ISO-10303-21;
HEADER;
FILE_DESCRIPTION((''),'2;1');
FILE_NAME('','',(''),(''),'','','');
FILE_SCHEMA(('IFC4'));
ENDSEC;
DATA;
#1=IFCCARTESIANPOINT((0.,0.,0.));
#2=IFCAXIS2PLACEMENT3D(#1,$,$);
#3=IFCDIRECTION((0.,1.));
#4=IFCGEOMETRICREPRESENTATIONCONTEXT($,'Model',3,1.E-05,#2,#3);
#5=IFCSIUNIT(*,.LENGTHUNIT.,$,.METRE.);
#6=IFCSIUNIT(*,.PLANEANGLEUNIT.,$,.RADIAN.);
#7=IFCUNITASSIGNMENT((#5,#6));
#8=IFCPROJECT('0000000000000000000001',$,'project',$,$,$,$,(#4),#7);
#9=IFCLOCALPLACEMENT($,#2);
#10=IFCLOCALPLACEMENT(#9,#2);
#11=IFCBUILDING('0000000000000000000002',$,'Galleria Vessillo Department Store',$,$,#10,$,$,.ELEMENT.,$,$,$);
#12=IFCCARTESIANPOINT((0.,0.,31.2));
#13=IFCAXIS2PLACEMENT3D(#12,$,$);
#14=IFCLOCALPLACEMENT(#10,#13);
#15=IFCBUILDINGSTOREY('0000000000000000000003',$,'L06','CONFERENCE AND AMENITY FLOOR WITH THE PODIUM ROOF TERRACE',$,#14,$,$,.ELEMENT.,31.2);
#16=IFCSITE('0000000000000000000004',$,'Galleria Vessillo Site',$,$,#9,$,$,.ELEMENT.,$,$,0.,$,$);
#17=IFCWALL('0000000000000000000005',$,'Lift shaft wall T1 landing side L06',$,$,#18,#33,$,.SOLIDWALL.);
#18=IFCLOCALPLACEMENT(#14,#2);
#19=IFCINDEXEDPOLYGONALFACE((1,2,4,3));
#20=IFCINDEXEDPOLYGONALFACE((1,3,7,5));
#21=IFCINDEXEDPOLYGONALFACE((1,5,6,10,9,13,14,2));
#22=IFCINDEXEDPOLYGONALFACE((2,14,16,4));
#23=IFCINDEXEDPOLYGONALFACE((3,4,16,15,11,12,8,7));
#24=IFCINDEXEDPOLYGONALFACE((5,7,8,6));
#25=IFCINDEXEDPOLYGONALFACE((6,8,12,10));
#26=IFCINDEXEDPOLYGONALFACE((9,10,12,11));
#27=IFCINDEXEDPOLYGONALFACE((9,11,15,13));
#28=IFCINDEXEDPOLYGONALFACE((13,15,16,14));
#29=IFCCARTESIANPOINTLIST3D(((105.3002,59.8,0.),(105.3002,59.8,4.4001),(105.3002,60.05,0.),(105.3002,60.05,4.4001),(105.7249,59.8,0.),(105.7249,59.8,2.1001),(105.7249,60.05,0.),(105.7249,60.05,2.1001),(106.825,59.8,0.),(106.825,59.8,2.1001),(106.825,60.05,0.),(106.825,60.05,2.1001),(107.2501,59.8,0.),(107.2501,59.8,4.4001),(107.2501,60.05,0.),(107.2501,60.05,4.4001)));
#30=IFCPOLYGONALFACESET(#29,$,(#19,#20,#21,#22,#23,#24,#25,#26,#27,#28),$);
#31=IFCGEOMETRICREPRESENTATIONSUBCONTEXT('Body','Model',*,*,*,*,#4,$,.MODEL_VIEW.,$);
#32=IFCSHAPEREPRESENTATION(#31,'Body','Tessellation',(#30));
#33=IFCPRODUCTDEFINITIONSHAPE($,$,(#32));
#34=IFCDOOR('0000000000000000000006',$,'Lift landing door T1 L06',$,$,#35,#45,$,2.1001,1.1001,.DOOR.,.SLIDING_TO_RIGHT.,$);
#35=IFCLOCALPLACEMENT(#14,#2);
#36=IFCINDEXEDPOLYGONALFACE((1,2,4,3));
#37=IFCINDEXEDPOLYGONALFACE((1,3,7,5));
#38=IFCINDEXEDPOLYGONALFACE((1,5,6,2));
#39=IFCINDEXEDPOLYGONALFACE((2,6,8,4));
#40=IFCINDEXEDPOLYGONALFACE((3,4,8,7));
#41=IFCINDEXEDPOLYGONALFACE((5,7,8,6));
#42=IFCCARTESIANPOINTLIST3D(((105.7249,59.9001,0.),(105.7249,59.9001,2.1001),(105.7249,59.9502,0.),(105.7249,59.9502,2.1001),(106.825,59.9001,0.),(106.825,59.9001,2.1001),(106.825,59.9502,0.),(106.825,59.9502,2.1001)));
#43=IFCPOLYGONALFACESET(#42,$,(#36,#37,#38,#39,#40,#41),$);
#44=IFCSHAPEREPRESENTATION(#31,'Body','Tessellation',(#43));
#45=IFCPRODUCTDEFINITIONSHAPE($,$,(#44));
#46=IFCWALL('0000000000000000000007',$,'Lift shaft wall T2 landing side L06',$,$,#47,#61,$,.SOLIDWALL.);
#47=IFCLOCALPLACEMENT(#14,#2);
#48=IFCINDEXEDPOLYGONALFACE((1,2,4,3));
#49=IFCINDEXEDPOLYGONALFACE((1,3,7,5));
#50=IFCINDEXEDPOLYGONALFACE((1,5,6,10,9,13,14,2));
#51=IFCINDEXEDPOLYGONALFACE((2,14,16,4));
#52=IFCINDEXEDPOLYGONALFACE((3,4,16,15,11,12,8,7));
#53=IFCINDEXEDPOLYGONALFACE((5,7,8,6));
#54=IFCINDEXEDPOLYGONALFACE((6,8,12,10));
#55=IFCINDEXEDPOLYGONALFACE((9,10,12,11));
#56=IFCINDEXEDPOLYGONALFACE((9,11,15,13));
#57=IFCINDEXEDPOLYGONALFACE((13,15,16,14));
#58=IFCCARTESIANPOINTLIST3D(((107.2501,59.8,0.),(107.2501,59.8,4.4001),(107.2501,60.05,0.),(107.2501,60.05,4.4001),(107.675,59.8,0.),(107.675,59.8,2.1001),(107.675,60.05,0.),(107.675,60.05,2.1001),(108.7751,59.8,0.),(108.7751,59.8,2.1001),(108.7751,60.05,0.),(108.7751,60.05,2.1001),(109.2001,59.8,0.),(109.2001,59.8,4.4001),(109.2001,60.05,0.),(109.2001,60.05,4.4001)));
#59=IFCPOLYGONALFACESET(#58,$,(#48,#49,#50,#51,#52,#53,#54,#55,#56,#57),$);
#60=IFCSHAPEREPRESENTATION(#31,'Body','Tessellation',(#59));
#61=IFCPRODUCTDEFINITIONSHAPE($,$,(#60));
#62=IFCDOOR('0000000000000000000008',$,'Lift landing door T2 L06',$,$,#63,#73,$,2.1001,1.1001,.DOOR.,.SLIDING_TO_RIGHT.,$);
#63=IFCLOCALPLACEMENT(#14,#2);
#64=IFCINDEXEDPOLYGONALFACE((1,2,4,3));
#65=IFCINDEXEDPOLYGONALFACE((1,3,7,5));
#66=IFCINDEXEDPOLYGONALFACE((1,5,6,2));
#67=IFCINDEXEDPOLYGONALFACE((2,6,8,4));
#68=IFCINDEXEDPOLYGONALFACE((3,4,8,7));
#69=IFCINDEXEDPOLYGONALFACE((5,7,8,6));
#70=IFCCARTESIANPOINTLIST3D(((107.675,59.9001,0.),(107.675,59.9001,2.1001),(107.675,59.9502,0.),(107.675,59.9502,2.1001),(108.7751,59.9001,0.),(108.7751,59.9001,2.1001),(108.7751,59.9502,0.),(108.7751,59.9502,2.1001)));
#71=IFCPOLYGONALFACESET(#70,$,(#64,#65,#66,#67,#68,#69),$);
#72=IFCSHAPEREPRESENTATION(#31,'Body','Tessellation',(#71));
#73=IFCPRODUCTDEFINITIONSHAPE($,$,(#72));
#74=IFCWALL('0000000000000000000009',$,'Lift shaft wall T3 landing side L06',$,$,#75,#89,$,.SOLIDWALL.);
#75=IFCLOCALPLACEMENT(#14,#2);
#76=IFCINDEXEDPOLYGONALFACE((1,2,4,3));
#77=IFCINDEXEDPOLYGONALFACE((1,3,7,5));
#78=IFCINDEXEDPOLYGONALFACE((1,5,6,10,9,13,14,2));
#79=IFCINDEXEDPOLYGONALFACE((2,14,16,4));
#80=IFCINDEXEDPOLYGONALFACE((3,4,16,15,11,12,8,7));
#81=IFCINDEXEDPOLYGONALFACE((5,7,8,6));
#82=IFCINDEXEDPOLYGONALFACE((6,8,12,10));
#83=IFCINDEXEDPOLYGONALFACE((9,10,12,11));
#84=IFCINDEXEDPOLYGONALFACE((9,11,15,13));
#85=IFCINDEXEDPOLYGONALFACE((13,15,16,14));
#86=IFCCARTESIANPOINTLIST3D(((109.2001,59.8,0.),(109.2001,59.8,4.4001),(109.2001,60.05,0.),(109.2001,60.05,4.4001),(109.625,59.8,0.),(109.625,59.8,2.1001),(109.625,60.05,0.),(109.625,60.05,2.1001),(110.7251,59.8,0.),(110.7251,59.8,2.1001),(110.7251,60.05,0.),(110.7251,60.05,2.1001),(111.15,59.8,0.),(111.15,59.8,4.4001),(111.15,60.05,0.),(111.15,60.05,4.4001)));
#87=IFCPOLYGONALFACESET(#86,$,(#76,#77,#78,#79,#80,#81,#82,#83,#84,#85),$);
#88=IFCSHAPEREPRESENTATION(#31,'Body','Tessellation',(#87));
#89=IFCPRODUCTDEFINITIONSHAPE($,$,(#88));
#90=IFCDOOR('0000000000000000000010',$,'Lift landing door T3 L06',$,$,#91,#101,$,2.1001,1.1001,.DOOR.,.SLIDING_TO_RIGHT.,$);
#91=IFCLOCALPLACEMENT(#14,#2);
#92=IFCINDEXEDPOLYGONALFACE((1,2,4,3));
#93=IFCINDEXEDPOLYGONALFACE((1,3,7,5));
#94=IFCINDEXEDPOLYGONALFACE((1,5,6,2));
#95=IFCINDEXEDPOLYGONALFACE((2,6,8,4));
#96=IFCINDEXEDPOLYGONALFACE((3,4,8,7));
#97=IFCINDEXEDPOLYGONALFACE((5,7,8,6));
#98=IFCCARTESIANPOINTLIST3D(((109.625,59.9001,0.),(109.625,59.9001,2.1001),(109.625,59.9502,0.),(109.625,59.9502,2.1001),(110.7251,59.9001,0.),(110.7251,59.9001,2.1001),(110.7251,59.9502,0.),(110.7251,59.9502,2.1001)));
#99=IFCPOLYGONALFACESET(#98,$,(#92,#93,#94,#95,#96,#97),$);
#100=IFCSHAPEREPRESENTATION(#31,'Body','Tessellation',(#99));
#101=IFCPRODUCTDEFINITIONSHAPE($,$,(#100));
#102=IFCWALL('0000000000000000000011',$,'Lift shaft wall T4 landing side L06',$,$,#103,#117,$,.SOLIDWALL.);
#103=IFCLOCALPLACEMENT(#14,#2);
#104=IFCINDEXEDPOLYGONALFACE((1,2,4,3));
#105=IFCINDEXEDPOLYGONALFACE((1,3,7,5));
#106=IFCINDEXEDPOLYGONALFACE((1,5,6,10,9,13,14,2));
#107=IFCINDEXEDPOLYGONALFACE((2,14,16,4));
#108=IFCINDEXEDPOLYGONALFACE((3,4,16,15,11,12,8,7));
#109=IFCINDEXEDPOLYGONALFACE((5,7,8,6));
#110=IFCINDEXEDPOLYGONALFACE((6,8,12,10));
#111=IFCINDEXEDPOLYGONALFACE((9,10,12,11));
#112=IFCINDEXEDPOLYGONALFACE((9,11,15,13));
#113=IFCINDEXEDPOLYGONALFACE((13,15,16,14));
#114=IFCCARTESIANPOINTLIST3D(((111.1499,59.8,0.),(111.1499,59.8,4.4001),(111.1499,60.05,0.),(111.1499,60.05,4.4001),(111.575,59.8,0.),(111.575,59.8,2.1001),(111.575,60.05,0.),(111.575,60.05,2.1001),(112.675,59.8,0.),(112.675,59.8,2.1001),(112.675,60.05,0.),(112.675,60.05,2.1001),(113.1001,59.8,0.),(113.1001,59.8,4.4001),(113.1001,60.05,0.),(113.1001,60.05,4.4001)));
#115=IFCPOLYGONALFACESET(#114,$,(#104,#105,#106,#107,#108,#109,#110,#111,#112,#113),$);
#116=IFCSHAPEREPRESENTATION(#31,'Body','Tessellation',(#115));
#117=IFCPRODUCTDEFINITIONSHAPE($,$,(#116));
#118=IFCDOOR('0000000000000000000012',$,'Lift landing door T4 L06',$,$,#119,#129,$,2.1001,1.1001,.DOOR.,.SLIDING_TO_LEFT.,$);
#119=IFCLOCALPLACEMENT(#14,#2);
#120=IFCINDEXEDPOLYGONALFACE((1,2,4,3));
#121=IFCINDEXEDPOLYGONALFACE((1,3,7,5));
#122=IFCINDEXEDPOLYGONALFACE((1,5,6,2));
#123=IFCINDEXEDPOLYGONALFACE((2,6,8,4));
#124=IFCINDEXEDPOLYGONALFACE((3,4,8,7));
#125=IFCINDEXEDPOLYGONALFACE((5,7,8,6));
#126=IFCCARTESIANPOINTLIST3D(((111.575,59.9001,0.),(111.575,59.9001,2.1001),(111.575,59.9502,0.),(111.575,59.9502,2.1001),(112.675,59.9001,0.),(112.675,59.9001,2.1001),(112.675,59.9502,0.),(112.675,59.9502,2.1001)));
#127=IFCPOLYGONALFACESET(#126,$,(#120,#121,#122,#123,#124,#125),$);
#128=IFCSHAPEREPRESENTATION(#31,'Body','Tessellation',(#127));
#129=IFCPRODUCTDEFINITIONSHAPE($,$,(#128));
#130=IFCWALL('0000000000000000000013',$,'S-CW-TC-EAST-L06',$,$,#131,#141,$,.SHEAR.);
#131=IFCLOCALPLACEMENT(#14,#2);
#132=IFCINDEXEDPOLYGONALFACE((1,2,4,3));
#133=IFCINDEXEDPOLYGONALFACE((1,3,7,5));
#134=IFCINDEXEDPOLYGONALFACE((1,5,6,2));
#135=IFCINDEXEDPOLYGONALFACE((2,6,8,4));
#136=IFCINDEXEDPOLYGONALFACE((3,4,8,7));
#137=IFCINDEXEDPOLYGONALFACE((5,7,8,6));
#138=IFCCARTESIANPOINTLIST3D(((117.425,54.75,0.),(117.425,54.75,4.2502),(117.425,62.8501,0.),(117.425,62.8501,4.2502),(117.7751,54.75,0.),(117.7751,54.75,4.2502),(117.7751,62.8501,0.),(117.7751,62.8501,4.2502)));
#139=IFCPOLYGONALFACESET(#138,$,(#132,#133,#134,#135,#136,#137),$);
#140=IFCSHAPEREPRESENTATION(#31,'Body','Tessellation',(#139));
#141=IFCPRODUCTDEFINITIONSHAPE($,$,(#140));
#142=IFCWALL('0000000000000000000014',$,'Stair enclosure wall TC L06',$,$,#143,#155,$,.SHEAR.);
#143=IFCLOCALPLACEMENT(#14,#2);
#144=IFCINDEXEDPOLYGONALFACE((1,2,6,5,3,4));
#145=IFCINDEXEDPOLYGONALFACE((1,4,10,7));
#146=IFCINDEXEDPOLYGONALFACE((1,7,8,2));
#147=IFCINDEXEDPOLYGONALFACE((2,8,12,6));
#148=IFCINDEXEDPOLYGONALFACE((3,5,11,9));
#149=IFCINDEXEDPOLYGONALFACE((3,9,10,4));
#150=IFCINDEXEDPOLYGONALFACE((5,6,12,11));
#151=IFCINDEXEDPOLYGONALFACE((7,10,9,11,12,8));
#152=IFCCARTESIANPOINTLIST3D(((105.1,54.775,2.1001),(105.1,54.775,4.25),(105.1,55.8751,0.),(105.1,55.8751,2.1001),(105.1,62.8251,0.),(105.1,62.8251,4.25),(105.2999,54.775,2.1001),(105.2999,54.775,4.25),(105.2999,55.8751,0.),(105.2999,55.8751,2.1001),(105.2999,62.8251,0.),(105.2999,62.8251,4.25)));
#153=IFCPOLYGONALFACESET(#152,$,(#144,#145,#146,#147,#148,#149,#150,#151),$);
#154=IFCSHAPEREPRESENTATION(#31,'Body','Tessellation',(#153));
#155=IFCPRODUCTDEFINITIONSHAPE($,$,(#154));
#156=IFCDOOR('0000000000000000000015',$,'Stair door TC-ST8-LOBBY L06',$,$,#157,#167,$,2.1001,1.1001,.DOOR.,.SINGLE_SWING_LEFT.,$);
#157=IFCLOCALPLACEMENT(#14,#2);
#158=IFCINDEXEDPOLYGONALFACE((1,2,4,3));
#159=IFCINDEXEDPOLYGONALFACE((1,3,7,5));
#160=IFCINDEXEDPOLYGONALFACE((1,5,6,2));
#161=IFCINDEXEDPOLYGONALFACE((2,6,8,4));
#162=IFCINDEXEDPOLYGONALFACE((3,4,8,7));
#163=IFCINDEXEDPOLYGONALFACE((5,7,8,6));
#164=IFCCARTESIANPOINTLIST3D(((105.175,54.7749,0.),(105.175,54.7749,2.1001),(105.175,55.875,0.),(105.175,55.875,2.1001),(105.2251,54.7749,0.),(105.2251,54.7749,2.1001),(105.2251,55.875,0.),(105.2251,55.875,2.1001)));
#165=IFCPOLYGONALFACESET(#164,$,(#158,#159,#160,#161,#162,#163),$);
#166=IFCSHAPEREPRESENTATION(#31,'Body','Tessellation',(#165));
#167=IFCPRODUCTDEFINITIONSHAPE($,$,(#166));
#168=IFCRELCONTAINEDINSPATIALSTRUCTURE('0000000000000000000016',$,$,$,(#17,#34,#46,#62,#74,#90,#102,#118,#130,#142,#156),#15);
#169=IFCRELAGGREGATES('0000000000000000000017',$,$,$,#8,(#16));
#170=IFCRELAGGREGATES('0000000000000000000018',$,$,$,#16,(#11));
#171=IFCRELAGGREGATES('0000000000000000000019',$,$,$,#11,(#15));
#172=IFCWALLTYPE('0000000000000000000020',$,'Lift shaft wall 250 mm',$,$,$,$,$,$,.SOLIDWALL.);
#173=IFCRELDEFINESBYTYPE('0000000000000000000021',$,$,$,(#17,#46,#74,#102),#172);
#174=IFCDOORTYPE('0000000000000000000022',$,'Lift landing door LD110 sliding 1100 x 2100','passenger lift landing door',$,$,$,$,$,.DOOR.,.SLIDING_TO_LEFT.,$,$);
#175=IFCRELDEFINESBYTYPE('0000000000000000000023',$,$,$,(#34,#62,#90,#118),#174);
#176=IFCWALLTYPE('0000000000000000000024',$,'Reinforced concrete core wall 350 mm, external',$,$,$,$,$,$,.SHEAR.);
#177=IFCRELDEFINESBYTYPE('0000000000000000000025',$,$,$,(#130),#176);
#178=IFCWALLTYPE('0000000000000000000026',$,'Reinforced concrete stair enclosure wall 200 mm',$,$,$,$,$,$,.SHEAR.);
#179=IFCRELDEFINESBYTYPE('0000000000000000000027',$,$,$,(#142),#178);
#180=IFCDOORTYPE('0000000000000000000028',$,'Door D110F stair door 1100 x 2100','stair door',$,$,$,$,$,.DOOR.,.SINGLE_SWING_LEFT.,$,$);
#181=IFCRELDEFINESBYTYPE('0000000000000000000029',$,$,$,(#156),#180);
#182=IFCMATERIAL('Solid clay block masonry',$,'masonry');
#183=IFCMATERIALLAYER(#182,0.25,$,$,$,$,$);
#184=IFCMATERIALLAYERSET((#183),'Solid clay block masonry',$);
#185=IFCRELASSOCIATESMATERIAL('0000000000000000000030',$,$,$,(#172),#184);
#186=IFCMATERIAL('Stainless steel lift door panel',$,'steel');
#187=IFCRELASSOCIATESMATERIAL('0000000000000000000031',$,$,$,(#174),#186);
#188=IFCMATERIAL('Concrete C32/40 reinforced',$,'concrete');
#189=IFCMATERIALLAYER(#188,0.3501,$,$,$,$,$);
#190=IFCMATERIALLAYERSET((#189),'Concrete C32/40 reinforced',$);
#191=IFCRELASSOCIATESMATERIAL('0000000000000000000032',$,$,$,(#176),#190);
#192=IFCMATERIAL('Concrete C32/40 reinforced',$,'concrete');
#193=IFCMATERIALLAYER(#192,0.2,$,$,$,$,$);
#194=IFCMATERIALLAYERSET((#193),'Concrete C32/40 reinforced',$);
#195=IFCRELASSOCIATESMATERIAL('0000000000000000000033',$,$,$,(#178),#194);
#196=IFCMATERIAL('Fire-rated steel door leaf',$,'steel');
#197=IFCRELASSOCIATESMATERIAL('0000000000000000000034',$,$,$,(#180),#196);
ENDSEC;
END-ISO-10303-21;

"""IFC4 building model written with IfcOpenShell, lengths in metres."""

from ifc_helpers import new_model, si_unit, direction, frame, frame_2d, origin, place, context, subcontext, project, spatial, rectangle, extrude, material, layer, layer_set, type_object, element, fill, save


model = new_model("IFC4")

# Units and contexts
model_context = context("Model", 3, precision=1e-05, world=origin(), true_north=direction((0.0, 1.0)))
body_context = subcontext(model_context, "Body", "Model", "MODEL_VIEW")
ifc_project = project(units=[si_unit("LENGTHUNIT", "METRE"), si_unit("PLANEANGLEUNIT", "RADIAN")], contexts=[model_context])

# Site, building, storey
site_placement = place(None, origin())
site = spatial("IfcSite", under=ifc_project, at=site_placement, Name="Galleria Vessillo Site", CompositionType="ELEMENT", RefElevation=0.0)
building_placement = place(site_placement, origin())
building = spatial("IfcBuilding", under=site, at=building_placement, Name="Galleria Vessillo Department Store", CompositionType="ELEMENT")
storey_placement = place(building_placement, frame((0.0, 0.0, 31.2)))
storey = spatial("IfcBuildingStorey", under=building, at=storey_placement, Name="L06", Description="CONFERENCE AND AMENITY FLOOR WITH THE PODIUM ROOF TERRACE", CompositionType="ELEMENT", Elevation=31.2)

# Walls, openings, doors
ifc_material_1 = material(Name="Solid clay block masonry", Category="masonry")
ifc_layer_1 = layer(ifc_material_1, 0.25)
ifc_layer_set_1 = layer_set([ifc_layer_1], Name="Solid clay block masonry")
wall_type_1 = type_object("IfcWallType", Name="Lift shaft wall 250 mm", PredefinedType="SOLIDWALL", material=ifc_layer_set_1)
wall_1_placement = place(storey_placement, frame((105.3, 59.925, 0.0), z_axis=(0.0, 0.0, 1.0), x_axis=(1.0, 0.0, 0.0)))
wall_1 = element("IfcWall", 1, at=wall_1_placement, inside=storey, type_object=wall_type_1, Name="Lift shaft wall T1 landing side L06", PredefinedType="SOLIDWALL", context=body_context, shape_type="SweptSolid", body=[
    extrude(rectangle(XDim=1.95, YDim=0.25, at=frame_2d((0.9751, 0.0))), origin(), (0.0, 0.0, 1.0), 4.4001),
])
opening_1_placement = place(wall_1_placement, frame((0.4248, 0.0, 0.0)))
opening_1 = element("IfcOpeningElement", 2, at=opening_1_placement, cuts=wall_1, PredefinedType="OPENING", context=body_context, shape_type="SweptSolid", body=[
    extrude(rectangle(XDim=1.1001, YDim=2.1001, at=frame_2d((0.55, 1.05))), frame((0.0, 0.135, 0.0), z_axis=(0.0, -1.0, 0.0), x_axis=(1.0, 0.0, 0.0)), (0.0, 0.0, 1.0), 0.27),
])
ifc_material_2 = material(Name="Stainless steel lift door panel", Category="steel")
door_type_1 = type_object("IfcDoorType", Name="Lift landing door LD110 sliding 1100 x 2100", Description="passenger lift landing door", OperationType="SLIDING_TO_LEFT", PredefinedType="DOOR", material=ifc_material_2)
door_1_placement = place(opening_1_placement, frame((1.1001, 0.0, 0.0), z_axis=(0.0, 0.0, 1.0), x_axis=(-1.0, 0.0, 0.0)))
door_1 = element("IfcDoor", 3, at=door_1_placement, inside=storey, type_object=door_type_1, Name="Lift landing door T1 L06", OperationType="SLIDING_TO_RIGHT", OverallHeight=2.1001, OverallWidth=1.1001, PredefinedType="DOOR", context=body_context, shape_type="SweptSolid", body=[
    extrude(rectangle(XDim=1.1001, YDim=2.1001, at=frame_2d((0.55, 1.05))), frame((0.0, 0.0249, 0.0), z_axis=(0.0, -1.0, 0.0), x_axis=(1.0, 0.0, 0.0)), (0.0, 0.0, 1.0), 0.05),
])
fill(opening_1, door_1)
wall_2_placement = place(storey_placement, frame((107.25, 59.925, 0.0), z_axis=(0.0, 0.0, 1.0), x_axis=(1.0, 0.0, 0.0)))
wall_2 = element("IfcWall", 4, at=wall_2_placement, inside=storey, type_object=wall_type_1, Name="Lift shaft wall T2 landing side L06", PredefinedType="SOLIDWALL", context=body_context, shape_type="SweptSolid", body=[
    extrude(rectangle(XDim=1.95, YDim=0.25, at=frame_2d((0.9751, 0.0))), origin(), (0.0, 0.0, 1.0), 4.4001),
])
opening_2_placement = place(wall_2_placement, frame((0.425, 0.0, 0.0)))
opening_2 = element("IfcOpeningElement", 5, at=opening_2_placement, cuts=wall_2, PredefinedType="OPENING", context=body_context, shape_type="SweptSolid", body=[
    extrude(rectangle(XDim=1.1001, YDim=2.1001, at=frame_2d((0.55, 1.05))), frame((0.0, 0.135, 0.0), z_axis=(0.0, -1.0, 0.0), x_axis=(1.0, 0.0, 0.0)), (0.0, 0.0, 1.0), 0.27),
])
door_2_placement = place(opening_2_placement, frame((1.1001, 0.0, 0.0), z_axis=(0.0, 0.0, 1.0), x_axis=(-1.0, 0.0, 0.0)))
door_2 = element("IfcDoor", 6, at=door_2_placement, inside=storey, type_object=door_type_1, Name="Lift landing door T2 L06", OperationType="SLIDING_TO_RIGHT", OverallHeight=2.1001, OverallWidth=1.1001, PredefinedType="DOOR", context=body_context, shape_type="SweptSolid", body=[
    extrude(rectangle(XDim=1.1001, YDim=2.1001, at=frame_2d((0.55, 1.05))), frame((0.0, 0.0249, 0.0), z_axis=(0.0, -1.0, 0.0), x_axis=(1.0, 0.0, 0.0)), (0.0, 0.0, 1.0), 0.05),
])
fill(opening_2, door_2)
wall_3_placement = place(storey_placement, frame((109.2, 59.925, 0.0), z_axis=(0.0, 0.0, 1.0), x_axis=(1.0, 0.0, 0.0)))
wall_3 = element("IfcWall", 7, at=wall_3_placement, inside=storey, type_object=wall_type_1, Name="Lift shaft wall T3 landing side L06", PredefinedType="SOLIDWALL", context=body_context, shape_type="SweptSolid", body=[
    extrude(rectangle(XDim=1.95, YDim=0.25, at=frame_2d((0.9751, 0.0))), origin(), (0.0, 0.0, 1.0), 4.4001),
])
opening_3_placement = place(wall_3_placement, frame((0.425, 0.0, 0.0)))
opening_3 = element("IfcOpeningElement", 8, at=opening_3_placement, cuts=wall_3, PredefinedType="OPENING", context=body_context, shape_type="SweptSolid", body=[
    extrude(rectangle(XDim=1.1001, YDim=2.1001, at=frame_2d((0.55, 1.05))), frame((0.0, 0.135, 0.0), z_axis=(0.0, -1.0, 0.0), x_axis=(1.0, 0.0, 0.0)), (0.0, 0.0, 1.0), 0.27),
])
door_3_placement = place(opening_3_placement, frame((1.1001, 0.0, 0.0), z_axis=(0.0, 0.0, 1.0), x_axis=(-1.0, 0.0, 0.0)))
door_3 = element("IfcDoor", 9, at=door_3_placement, inside=storey, type_object=door_type_1, Name="Lift landing door T3 L06", OperationType="SLIDING_TO_RIGHT", OverallHeight=2.1001, OverallWidth=1.1001, PredefinedType="DOOR", context=body_context, shape_type="SweptSolid", body=[
    extrude(rectangle(XDim=1.1001, YDim=2.1001, at=frame_2d((0.55, 1.05))), frame((0.0, 0.0249, 0.0), z_axis=(0.0, -1.0, 0.0), x_axis=(1.0, 0.0, 0.0)), (0.0, 0.0, 1.0), 0.05),
])
fill(opening_3, door_3)
wall_4_placement = place(storey_placement, frame((111.1499, 59.925, 0.0), z_axis=(0.0, 0.0, 1.0), x_axis=(1.0, 0.0, 0.0)))
wall_4 = element("IfcWall", 10, at=wall_4_placement, inside=storey, type_object=wall_type_1, Name="Lift shaft wall T4 landing side L06", PredefinedType="SOLIDWALL", context=body_context, shape_type="SweptSolid", body=[
    extrude(rectangle(XDim=1.9502, YDim=0.25, at=frame_2d((0.9751, 0.0))), origin(), (0.0, 0.0, 1.0), 4.4001),
])
opening_4_placement = place(wall_4_placement, frame((0.425, 0.0, 0.0)))
opening_4 = element("IfcOpeningElement", 11, at=opening_4_placement, cuts=wall_4, PredefinedType="OPENING", context=body_context, shape_type="SweptSolid", body=[
    extrude(rectangle(XDim=1.1001, YDim=2.1001, at=frame_2d((0.55, 1.05))), frame((0.0, 0.135, 0.0), z_axis=(0.0, -1.0, 0.0), x_axis=(1.0, 0.0, 0.0)), (0.0, 0.0, 1.0), 0.27),
])
door_4_placement = place(opening_4_placement, frame((1.1001, 0.0, 0.0), z_axis=(0.0, 0.0, 1.0), x_axis=(-1.0, 0.0, 0.0)))
door_4 = element("IfcDoor", 12, at=door_4_placement, inside=storey, type_object=door_type_1, Name="Lift landing door T4 L06", OperationType="SLIDING_TO_LEFT", OverallHeight=2.1001, OverallWidth=1.1001, PredefinedType="DOOR", context=body_context, shape_type="SweptSolid", body=[
    extrude(rectangle(XDim=1.1001, YDim=2.1001, at=frame_2d((0.55, 1.05))), frame((0.0, 0.0249, 0.0), z_axis=(0.0, -1.0, 0.0), x_axis=(1.0, 0.0, 0.0)), (0.0, 0.0, 1.0), 0.05),
])
fill(opening_4, door_4)

# Wall
ifc_material_3 = material(Name="Concrete C32/40 reinforced", Category="concrete")
ifc_layer_2 = layer(ifc_material_3, 0.3501)
ifc_layer_set_2 = layer_set([ifc_layer_2], Name="Concrete C32/40 reinforced")
wall_type_2 = type_object("IfcWallType", Name="Reinforced concrete core wall 350 mm, external", PredefinedType="SHEAR", material=ifc_layer_set_2)
wall_5_placement = place(storey_placement, frame((117.6001, 54.75, 0.0), z_axis=(0.0, 0.0, 1.0), x_axis=(0.0, 1.0, 0.0)))
element("IfcWall", 13, at=wall_5_placement, inside=storey, type_object=wall_type_2, Name="S-CW-TC-EAST-L06", PredefinedType="SHEAR", context=body_context, shape_type="SweptSolid", body=[
    extrude(rectangle(XDim=8.1001, YDim=0.3501, at=frame_2d((4.05, 0.0))), origin(), (0.0, 0.0, 1.0), 4.2502),
])

# Wall, opening, door
ifc_material_4 = material(Name="Concrete C32/40 reinforced", Category="concrete")
ifc_layer_3 = layer(ifc_material_4, 0.2)
ifc_layer_set_3 = layer_set([ifc_layer_3], Name="Concrete C32/40 reinforced")
wall_type_3 = type_object("IfcWallType", Name="Reinforced concrete stair enclosure wall 200 mm", PredefinedType="SHEAR", material=ifc_layer_set_3)
wall_6_placement = place(storey_placement, frame((105.2, 62.825, 0.0), z_axis=(0.0, 0.0, 1.0), x_axis=(0.0, -1.0, 0.0)))
wall_6 = element("IfcWall", 14, at=wall_6_placement, inside=storey, type_object=wall_type_3, Name="Stair enclosure wall TC L06", PredefinedType="SHEAR", context=body_context, shape_type="SweptSolid", body=[
    extrude(rectangle(XDim=8.05, YDim=0.2, at=frame_2d((4.0249, 0.0))), origin(), (0.0, 0.0, 1.0), 4.25),
])
opening_5_placement = place(wall_6_placement, frame((6.95, 0.0, 0.0)))
opening_5 = element("IfcOpeningElement", 15, at=opening_5_placement, cuts=wall_6, PredefinedType="OPENING", context=body_context, shape_type="SweptSolid", body=[
    extrude(rectangle(XDim=1.1101, YDim=2.1001, at=frame_2d((0.5549, 1.05))), frame((0.0, 0.1099, 0.0), z_axis=(0.0, -1.0, 0.0), x_axis=(1.0, 0.0, 0.0)), (0.0, 0.0, 1.0), 0.22),
])
ifc_material_5 = material(Name="Fire-rated steel door leaf", Category="steel")
door_type_2 = type_object("IfcDoorType", Name="Door D110F stair door 1100 x 2100", Description="stair door", OperationType="SINGLE_SWING_LEFT", PredefinedType="DOOR", material=ifc_material_5)
door_5_placement = place(opening_5_placement, frame((1.1001, 0.0, 0.0), z_axis=(0.0, 0.0, 1.0), x_axis=(-1.0, 0.0, 0.0)))
door_5 = element("IfcDoor", 16, at=door_5_placement, inside=storey, type_object=door_type_2, Name="Stair door TC-ST8-LOBBY L06", OperationType="SINGLE_SWING_LEFT", OverallHeight=2.1001, OverallWidth=1.1001, PredefinedType="DOOR", context=body_context, shape_type="SweptSolid", body=[
    extrude(rectangle(XDim=1.1001, YDim=2.1001, at=frame_2d((0.55, 1.05))), frame((0.0, 0.0249, 0.0), z_axis=(0.0, -1.0, 0.0), x_axis=(1.0, 0.0, 0.0)), (0.0, 0.0, 1.0), 0.05),
])
fill(opening_5, door_5)

save(model, "model.ifc")
